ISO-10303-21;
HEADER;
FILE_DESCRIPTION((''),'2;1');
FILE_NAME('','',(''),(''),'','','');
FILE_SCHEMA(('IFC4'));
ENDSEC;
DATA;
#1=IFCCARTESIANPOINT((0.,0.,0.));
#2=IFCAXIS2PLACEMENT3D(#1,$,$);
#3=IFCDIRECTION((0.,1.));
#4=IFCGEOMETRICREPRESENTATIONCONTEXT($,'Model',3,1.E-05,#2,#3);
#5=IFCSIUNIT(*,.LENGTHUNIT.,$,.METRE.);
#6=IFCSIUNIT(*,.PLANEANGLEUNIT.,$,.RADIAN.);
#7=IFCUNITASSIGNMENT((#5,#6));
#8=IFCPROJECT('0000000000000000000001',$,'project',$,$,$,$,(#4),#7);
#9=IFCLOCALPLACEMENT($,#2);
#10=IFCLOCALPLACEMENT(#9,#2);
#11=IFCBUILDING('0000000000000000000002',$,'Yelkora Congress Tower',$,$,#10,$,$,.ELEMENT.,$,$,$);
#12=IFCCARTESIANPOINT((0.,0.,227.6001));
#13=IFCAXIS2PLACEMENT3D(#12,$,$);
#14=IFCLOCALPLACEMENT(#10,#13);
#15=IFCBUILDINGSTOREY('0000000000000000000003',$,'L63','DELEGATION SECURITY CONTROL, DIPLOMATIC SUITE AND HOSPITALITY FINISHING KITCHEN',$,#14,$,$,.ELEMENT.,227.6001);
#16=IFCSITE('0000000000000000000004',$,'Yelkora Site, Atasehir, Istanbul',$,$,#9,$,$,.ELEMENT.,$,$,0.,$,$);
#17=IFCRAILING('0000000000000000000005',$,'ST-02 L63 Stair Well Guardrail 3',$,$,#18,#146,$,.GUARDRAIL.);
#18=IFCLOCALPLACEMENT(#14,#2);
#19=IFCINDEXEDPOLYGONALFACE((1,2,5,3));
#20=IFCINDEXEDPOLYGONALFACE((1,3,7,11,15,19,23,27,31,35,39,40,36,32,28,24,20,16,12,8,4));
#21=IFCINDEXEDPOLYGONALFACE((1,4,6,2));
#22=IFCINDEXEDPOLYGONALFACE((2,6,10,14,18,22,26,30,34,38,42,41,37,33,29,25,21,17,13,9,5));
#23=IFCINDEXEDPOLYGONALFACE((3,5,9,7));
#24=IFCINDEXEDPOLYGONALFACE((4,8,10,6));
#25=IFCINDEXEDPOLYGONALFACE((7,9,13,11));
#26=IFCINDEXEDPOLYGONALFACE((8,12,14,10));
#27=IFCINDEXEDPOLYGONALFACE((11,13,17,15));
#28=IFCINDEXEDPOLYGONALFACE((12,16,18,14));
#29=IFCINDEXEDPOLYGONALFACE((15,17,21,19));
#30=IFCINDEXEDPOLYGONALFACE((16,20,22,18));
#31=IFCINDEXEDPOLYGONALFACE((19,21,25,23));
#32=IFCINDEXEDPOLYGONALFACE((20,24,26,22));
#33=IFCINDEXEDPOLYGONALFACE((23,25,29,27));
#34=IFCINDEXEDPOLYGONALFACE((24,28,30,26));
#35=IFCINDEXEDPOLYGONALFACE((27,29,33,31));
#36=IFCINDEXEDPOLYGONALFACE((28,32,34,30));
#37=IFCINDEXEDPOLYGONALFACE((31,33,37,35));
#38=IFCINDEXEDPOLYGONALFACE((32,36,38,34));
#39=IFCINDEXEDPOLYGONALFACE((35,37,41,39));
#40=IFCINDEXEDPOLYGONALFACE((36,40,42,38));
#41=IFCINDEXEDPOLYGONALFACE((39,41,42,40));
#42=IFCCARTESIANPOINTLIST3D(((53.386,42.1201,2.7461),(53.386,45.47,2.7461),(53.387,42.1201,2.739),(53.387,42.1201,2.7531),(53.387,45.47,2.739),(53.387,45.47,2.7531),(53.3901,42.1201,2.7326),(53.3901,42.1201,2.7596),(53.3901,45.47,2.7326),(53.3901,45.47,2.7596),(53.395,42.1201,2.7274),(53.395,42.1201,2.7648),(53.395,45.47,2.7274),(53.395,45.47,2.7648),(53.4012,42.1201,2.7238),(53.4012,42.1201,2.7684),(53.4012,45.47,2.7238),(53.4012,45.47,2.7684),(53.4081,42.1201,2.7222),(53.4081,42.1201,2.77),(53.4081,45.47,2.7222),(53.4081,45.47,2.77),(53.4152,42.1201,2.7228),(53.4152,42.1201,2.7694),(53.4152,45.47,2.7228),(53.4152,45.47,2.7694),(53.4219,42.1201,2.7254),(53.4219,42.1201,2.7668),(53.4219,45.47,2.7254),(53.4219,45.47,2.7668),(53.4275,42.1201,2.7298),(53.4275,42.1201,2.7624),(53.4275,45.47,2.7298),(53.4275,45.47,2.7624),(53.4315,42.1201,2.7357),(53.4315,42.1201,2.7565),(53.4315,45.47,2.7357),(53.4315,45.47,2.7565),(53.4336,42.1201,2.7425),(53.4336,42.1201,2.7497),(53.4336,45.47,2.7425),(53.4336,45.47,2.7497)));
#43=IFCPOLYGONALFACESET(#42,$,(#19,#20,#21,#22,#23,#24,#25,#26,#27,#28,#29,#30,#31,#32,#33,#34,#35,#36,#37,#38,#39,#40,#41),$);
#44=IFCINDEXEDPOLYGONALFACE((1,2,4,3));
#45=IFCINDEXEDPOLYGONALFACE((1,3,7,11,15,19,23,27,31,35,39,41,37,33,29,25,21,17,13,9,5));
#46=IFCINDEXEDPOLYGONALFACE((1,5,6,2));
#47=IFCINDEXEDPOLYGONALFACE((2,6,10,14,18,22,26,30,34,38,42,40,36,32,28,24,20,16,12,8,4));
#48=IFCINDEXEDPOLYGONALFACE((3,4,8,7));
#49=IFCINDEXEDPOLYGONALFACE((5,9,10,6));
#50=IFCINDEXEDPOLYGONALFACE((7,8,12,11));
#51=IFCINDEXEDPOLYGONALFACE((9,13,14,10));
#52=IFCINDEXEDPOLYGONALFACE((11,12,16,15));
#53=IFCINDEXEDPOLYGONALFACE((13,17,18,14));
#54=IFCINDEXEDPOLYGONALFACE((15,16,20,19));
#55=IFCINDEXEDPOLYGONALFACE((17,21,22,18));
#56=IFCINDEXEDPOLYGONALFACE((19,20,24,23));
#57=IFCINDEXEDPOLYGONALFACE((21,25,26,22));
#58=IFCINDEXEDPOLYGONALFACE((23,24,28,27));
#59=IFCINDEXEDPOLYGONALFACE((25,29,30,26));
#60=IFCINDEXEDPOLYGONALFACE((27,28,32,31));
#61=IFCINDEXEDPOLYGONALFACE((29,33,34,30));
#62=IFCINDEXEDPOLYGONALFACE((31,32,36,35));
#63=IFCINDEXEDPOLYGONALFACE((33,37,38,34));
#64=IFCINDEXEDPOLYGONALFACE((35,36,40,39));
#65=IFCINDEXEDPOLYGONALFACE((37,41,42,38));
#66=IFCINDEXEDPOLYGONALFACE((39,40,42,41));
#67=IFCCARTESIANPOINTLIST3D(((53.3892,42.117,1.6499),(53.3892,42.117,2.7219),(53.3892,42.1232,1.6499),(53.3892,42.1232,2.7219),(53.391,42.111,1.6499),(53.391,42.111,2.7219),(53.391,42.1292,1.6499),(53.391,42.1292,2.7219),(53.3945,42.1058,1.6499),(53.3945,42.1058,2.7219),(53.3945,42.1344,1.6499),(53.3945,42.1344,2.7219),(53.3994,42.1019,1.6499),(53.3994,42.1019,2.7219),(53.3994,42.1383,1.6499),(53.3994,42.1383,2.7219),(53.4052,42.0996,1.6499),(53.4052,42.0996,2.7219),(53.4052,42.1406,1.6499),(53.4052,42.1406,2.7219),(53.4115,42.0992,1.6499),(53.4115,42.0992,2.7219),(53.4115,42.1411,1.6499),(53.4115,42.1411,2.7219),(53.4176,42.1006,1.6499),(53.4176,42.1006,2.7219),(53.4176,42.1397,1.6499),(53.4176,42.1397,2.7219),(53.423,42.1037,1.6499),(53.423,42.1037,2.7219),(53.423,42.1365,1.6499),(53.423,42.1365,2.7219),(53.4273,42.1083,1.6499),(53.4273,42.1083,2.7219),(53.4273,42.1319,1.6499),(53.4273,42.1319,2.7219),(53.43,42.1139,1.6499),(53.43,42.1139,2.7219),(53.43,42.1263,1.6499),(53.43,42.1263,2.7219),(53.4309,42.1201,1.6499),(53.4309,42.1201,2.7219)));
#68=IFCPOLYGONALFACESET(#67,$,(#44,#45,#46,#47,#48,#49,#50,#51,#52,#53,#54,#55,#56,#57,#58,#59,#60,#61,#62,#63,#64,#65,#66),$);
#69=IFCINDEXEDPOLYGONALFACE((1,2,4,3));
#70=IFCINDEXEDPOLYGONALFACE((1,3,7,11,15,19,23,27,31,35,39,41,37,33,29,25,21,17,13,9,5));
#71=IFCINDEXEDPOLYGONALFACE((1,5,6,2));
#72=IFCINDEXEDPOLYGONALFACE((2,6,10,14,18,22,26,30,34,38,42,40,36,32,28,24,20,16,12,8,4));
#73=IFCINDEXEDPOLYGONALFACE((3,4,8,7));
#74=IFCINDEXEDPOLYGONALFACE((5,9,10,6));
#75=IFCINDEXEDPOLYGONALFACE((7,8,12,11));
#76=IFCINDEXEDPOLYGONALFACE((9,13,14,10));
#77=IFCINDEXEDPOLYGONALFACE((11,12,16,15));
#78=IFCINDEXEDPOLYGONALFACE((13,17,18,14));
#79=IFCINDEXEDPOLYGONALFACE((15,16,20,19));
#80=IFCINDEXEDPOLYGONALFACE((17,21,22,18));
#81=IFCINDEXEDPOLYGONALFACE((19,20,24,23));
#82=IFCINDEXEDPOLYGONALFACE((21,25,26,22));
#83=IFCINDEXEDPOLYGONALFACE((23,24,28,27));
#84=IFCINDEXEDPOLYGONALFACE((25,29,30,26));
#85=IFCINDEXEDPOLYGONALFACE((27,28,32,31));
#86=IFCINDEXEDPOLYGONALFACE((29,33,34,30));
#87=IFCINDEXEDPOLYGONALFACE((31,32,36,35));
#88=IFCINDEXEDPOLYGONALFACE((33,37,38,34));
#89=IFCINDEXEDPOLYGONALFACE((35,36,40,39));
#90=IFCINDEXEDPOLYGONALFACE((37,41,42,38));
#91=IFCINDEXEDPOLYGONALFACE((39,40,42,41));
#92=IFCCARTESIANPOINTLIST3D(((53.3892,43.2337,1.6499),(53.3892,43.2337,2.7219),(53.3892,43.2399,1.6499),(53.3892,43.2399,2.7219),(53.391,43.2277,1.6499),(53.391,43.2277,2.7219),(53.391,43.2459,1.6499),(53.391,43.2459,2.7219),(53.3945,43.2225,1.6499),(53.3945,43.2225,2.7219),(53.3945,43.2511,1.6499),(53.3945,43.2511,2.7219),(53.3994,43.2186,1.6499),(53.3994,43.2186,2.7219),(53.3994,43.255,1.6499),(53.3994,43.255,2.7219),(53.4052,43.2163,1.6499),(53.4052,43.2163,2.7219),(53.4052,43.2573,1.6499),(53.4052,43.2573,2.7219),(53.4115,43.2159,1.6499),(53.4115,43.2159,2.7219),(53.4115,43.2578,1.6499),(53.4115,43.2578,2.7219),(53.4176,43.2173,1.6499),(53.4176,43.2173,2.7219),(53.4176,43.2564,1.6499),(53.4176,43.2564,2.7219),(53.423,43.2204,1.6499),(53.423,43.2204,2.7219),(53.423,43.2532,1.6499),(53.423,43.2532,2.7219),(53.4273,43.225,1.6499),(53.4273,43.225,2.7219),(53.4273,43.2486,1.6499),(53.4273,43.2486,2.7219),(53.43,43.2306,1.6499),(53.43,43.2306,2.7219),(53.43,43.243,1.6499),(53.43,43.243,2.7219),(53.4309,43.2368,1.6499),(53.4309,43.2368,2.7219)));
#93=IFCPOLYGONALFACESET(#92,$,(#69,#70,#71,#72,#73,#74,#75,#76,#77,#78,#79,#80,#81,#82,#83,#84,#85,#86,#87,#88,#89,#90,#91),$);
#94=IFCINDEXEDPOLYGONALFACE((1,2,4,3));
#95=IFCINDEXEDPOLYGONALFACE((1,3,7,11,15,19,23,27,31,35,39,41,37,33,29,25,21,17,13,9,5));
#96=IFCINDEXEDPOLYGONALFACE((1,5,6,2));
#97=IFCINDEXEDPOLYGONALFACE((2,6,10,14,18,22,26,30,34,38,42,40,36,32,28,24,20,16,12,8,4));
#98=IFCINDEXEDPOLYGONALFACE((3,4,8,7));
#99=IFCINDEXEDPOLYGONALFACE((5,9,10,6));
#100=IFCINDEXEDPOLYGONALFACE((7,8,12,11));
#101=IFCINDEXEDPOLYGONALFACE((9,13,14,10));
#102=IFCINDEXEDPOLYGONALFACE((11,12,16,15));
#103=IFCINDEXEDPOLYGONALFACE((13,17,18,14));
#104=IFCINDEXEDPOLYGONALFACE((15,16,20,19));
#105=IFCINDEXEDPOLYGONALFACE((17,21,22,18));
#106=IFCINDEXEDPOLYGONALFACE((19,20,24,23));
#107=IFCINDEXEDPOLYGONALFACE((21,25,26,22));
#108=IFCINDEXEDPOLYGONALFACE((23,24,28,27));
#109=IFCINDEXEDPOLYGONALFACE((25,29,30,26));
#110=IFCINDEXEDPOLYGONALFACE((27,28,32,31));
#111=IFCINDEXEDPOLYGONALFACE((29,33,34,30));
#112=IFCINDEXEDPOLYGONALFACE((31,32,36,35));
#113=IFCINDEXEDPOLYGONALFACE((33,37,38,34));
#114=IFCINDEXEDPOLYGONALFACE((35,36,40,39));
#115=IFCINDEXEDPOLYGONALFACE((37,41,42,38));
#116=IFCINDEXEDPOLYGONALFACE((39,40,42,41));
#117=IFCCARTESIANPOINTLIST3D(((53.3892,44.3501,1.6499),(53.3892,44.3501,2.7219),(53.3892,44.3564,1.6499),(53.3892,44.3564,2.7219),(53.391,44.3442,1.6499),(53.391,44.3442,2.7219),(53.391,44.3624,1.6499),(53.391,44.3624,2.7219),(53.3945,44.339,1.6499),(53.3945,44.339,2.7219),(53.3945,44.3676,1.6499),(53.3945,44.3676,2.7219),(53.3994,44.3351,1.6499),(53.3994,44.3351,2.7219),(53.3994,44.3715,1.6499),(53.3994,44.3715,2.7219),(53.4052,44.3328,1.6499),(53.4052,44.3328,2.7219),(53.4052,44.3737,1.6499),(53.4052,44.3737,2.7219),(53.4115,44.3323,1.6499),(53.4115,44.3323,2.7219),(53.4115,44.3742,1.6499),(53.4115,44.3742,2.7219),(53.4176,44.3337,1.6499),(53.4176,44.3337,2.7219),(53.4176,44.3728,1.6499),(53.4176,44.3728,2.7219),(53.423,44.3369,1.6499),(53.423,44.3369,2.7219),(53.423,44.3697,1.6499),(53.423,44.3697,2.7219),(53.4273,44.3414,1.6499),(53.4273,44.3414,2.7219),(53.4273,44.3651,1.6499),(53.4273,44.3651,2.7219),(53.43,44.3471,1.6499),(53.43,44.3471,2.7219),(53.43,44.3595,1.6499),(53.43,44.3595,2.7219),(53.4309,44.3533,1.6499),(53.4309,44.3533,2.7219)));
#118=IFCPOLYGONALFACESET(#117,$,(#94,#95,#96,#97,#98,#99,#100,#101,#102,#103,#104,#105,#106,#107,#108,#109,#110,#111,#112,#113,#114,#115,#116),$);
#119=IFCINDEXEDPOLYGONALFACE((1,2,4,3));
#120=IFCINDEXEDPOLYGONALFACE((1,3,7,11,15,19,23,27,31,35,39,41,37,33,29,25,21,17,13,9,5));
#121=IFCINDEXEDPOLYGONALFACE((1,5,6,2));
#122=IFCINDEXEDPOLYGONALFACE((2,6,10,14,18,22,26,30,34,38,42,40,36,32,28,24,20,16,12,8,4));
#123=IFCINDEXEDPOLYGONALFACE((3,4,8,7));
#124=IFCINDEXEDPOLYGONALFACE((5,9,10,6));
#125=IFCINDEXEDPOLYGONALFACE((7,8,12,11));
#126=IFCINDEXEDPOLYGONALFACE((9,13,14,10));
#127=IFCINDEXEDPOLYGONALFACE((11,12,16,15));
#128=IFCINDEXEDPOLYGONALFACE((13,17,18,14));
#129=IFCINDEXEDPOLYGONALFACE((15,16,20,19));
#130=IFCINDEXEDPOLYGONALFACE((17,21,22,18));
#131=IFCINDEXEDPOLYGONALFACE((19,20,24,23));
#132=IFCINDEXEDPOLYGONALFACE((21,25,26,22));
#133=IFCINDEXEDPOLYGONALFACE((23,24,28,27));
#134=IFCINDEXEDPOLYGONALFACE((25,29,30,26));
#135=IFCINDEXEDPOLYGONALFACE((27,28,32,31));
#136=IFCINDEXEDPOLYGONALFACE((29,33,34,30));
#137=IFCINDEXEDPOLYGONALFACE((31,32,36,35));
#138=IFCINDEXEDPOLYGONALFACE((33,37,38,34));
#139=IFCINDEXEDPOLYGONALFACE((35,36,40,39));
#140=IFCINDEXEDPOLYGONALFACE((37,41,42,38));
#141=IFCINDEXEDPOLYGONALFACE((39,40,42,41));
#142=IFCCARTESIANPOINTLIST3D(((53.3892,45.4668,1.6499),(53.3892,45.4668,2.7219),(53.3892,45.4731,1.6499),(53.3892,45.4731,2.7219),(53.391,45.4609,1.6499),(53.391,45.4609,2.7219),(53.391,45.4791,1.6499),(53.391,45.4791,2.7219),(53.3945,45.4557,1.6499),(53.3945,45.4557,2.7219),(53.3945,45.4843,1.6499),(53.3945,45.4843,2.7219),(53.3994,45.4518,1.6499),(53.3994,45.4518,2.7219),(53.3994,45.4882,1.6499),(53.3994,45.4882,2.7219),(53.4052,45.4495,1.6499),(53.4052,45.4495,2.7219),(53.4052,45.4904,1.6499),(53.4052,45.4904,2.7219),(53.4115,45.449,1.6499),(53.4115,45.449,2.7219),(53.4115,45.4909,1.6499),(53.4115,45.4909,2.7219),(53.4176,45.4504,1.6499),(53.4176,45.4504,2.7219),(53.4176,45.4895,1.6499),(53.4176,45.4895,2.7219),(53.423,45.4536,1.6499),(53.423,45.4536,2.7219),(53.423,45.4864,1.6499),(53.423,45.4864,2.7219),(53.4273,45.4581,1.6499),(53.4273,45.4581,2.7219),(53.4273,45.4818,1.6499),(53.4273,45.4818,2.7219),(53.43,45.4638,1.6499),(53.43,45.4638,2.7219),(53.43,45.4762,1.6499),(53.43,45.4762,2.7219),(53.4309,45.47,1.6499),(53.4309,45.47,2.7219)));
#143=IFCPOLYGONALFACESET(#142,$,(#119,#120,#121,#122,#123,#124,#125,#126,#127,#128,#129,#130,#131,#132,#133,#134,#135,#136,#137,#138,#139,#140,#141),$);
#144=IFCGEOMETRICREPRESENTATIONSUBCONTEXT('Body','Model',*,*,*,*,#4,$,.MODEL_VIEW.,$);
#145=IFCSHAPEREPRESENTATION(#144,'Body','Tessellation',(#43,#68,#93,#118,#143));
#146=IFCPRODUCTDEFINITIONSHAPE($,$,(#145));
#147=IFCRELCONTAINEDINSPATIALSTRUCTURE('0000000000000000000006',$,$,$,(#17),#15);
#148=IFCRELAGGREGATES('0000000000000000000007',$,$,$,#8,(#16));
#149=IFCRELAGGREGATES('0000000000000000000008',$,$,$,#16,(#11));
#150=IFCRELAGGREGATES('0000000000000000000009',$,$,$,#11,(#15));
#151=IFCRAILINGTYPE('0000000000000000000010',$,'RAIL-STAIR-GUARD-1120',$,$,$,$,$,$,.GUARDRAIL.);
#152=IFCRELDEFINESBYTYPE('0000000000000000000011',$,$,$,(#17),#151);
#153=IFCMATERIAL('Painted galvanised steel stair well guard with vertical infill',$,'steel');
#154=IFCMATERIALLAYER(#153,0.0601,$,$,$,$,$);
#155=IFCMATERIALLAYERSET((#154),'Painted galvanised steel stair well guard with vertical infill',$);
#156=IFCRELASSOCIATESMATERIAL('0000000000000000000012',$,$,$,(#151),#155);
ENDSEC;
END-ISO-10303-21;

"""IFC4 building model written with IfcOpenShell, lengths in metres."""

from ifc_helpers import new_model, si_unit, direction, frame, origin, origin_2d, place, context, subcontext, project, spatial, circle, extrude, material, layer, layer_set, type_object, element, save


model = new_model("IFC4")

# Units and contexts
model_context = context("Model", 3, precision=1e-05, world=origin(), true_north=direction((0.0, 1.0)))
body_context = subcontext(model_context, "Body", "Model", "MODEL_VIEW")
ifc_project = project(units=[si_unit("LENGTHUNIT", "METRE"), si_unit("PLANEANGLEUNIT", "RADIAN")], contexts=[model_context])

# Site, building, storey
site_placement = place(None, origin())
site = spatial("IfcSite", under=ifc_project, at=site_placement, Name="Yelkora Site, Atasehir, Istanbul", CompositionType="ELEMENT", RefElevation=0.0)
building_placement = place(site_placement, origin())
building = spatial("IfcBuilding", under=site, at=building_placement, Name="Yelkora Congress Tower", CompositionType="ELEMENT")
storey_placement = place(building_placement, frame((0.0, 0.0, 227.6001)))
storey = spatial("IfcBuildingStorey", under=building, at=storey_placement, Name="L63", Description="DELEGATION SECURITY CONTROL, DIPLOMATIC SUITE AND HOSPITALITY FINISHING KITCHEN", CompositionType="ELEMENT", Elevation=227.6001)

# Railing
ifc_material_1 = material(Name="Painted galvanised steel stair well guard with vertical infill", Category="steel")
ifc_layer_1 = layer(ifc_material_1, 0.0601)
ifc_layer_set_1 = layer_set([ifc_layer_1], Name="Painted galvanised steel stair well guard with vertical infill")
railing_type_1 = type_object("IfcRailingType", Name="RAIL-STAIR-GUARD-1120", PredefinedType="GUARDRAIL", material=ifc_layer_set_1)
railing_1_placement = place(storey_placement, frame((53.4099, 42.1201, 1.6499)))
element("IfcRailing", 1, at=railing_1_placement, inside=storey, type_object=railing_type_1, Name="ST-02 L63 Stair Well Guardrail 3", PredefinedType="GUARDRAIL", context=body_context, shape_type="SweptSolid", body=[
    extrude(circle(Radius=0.0239, at=origin_2d()), frame((0.0, 0.0, 1.0962), z_axis=(0.0, 1.0, 0.0), x_axis=(-1.0, 0.0, 0.0)), (0.0, 0.0, 1.0), 3.3499),
    extrude(circle(Radius=0.021, at=origin_2d()), origin(), (0.0, 0.0, 1.0), 1.072),
    extrude(circle(Radius=0.021, at=origin_2d()), frame((0.0, 1.1167, 0.0)), (0.0, 0.0, 1.0), 1.072),
    extrude(circle(Radius=0.021, at=origin_2d()), frame((0.0, 2.2332, 0.0)), (0.0, 0.0, 1.0), 1.072),
    extrude(circle(Radius=0.021, at=origin_2d()), frame((0.0, 3.3499, 0.0)), (0.0, 0.0, 1.0), 1.072),
])

save(model, "model.ifc")
